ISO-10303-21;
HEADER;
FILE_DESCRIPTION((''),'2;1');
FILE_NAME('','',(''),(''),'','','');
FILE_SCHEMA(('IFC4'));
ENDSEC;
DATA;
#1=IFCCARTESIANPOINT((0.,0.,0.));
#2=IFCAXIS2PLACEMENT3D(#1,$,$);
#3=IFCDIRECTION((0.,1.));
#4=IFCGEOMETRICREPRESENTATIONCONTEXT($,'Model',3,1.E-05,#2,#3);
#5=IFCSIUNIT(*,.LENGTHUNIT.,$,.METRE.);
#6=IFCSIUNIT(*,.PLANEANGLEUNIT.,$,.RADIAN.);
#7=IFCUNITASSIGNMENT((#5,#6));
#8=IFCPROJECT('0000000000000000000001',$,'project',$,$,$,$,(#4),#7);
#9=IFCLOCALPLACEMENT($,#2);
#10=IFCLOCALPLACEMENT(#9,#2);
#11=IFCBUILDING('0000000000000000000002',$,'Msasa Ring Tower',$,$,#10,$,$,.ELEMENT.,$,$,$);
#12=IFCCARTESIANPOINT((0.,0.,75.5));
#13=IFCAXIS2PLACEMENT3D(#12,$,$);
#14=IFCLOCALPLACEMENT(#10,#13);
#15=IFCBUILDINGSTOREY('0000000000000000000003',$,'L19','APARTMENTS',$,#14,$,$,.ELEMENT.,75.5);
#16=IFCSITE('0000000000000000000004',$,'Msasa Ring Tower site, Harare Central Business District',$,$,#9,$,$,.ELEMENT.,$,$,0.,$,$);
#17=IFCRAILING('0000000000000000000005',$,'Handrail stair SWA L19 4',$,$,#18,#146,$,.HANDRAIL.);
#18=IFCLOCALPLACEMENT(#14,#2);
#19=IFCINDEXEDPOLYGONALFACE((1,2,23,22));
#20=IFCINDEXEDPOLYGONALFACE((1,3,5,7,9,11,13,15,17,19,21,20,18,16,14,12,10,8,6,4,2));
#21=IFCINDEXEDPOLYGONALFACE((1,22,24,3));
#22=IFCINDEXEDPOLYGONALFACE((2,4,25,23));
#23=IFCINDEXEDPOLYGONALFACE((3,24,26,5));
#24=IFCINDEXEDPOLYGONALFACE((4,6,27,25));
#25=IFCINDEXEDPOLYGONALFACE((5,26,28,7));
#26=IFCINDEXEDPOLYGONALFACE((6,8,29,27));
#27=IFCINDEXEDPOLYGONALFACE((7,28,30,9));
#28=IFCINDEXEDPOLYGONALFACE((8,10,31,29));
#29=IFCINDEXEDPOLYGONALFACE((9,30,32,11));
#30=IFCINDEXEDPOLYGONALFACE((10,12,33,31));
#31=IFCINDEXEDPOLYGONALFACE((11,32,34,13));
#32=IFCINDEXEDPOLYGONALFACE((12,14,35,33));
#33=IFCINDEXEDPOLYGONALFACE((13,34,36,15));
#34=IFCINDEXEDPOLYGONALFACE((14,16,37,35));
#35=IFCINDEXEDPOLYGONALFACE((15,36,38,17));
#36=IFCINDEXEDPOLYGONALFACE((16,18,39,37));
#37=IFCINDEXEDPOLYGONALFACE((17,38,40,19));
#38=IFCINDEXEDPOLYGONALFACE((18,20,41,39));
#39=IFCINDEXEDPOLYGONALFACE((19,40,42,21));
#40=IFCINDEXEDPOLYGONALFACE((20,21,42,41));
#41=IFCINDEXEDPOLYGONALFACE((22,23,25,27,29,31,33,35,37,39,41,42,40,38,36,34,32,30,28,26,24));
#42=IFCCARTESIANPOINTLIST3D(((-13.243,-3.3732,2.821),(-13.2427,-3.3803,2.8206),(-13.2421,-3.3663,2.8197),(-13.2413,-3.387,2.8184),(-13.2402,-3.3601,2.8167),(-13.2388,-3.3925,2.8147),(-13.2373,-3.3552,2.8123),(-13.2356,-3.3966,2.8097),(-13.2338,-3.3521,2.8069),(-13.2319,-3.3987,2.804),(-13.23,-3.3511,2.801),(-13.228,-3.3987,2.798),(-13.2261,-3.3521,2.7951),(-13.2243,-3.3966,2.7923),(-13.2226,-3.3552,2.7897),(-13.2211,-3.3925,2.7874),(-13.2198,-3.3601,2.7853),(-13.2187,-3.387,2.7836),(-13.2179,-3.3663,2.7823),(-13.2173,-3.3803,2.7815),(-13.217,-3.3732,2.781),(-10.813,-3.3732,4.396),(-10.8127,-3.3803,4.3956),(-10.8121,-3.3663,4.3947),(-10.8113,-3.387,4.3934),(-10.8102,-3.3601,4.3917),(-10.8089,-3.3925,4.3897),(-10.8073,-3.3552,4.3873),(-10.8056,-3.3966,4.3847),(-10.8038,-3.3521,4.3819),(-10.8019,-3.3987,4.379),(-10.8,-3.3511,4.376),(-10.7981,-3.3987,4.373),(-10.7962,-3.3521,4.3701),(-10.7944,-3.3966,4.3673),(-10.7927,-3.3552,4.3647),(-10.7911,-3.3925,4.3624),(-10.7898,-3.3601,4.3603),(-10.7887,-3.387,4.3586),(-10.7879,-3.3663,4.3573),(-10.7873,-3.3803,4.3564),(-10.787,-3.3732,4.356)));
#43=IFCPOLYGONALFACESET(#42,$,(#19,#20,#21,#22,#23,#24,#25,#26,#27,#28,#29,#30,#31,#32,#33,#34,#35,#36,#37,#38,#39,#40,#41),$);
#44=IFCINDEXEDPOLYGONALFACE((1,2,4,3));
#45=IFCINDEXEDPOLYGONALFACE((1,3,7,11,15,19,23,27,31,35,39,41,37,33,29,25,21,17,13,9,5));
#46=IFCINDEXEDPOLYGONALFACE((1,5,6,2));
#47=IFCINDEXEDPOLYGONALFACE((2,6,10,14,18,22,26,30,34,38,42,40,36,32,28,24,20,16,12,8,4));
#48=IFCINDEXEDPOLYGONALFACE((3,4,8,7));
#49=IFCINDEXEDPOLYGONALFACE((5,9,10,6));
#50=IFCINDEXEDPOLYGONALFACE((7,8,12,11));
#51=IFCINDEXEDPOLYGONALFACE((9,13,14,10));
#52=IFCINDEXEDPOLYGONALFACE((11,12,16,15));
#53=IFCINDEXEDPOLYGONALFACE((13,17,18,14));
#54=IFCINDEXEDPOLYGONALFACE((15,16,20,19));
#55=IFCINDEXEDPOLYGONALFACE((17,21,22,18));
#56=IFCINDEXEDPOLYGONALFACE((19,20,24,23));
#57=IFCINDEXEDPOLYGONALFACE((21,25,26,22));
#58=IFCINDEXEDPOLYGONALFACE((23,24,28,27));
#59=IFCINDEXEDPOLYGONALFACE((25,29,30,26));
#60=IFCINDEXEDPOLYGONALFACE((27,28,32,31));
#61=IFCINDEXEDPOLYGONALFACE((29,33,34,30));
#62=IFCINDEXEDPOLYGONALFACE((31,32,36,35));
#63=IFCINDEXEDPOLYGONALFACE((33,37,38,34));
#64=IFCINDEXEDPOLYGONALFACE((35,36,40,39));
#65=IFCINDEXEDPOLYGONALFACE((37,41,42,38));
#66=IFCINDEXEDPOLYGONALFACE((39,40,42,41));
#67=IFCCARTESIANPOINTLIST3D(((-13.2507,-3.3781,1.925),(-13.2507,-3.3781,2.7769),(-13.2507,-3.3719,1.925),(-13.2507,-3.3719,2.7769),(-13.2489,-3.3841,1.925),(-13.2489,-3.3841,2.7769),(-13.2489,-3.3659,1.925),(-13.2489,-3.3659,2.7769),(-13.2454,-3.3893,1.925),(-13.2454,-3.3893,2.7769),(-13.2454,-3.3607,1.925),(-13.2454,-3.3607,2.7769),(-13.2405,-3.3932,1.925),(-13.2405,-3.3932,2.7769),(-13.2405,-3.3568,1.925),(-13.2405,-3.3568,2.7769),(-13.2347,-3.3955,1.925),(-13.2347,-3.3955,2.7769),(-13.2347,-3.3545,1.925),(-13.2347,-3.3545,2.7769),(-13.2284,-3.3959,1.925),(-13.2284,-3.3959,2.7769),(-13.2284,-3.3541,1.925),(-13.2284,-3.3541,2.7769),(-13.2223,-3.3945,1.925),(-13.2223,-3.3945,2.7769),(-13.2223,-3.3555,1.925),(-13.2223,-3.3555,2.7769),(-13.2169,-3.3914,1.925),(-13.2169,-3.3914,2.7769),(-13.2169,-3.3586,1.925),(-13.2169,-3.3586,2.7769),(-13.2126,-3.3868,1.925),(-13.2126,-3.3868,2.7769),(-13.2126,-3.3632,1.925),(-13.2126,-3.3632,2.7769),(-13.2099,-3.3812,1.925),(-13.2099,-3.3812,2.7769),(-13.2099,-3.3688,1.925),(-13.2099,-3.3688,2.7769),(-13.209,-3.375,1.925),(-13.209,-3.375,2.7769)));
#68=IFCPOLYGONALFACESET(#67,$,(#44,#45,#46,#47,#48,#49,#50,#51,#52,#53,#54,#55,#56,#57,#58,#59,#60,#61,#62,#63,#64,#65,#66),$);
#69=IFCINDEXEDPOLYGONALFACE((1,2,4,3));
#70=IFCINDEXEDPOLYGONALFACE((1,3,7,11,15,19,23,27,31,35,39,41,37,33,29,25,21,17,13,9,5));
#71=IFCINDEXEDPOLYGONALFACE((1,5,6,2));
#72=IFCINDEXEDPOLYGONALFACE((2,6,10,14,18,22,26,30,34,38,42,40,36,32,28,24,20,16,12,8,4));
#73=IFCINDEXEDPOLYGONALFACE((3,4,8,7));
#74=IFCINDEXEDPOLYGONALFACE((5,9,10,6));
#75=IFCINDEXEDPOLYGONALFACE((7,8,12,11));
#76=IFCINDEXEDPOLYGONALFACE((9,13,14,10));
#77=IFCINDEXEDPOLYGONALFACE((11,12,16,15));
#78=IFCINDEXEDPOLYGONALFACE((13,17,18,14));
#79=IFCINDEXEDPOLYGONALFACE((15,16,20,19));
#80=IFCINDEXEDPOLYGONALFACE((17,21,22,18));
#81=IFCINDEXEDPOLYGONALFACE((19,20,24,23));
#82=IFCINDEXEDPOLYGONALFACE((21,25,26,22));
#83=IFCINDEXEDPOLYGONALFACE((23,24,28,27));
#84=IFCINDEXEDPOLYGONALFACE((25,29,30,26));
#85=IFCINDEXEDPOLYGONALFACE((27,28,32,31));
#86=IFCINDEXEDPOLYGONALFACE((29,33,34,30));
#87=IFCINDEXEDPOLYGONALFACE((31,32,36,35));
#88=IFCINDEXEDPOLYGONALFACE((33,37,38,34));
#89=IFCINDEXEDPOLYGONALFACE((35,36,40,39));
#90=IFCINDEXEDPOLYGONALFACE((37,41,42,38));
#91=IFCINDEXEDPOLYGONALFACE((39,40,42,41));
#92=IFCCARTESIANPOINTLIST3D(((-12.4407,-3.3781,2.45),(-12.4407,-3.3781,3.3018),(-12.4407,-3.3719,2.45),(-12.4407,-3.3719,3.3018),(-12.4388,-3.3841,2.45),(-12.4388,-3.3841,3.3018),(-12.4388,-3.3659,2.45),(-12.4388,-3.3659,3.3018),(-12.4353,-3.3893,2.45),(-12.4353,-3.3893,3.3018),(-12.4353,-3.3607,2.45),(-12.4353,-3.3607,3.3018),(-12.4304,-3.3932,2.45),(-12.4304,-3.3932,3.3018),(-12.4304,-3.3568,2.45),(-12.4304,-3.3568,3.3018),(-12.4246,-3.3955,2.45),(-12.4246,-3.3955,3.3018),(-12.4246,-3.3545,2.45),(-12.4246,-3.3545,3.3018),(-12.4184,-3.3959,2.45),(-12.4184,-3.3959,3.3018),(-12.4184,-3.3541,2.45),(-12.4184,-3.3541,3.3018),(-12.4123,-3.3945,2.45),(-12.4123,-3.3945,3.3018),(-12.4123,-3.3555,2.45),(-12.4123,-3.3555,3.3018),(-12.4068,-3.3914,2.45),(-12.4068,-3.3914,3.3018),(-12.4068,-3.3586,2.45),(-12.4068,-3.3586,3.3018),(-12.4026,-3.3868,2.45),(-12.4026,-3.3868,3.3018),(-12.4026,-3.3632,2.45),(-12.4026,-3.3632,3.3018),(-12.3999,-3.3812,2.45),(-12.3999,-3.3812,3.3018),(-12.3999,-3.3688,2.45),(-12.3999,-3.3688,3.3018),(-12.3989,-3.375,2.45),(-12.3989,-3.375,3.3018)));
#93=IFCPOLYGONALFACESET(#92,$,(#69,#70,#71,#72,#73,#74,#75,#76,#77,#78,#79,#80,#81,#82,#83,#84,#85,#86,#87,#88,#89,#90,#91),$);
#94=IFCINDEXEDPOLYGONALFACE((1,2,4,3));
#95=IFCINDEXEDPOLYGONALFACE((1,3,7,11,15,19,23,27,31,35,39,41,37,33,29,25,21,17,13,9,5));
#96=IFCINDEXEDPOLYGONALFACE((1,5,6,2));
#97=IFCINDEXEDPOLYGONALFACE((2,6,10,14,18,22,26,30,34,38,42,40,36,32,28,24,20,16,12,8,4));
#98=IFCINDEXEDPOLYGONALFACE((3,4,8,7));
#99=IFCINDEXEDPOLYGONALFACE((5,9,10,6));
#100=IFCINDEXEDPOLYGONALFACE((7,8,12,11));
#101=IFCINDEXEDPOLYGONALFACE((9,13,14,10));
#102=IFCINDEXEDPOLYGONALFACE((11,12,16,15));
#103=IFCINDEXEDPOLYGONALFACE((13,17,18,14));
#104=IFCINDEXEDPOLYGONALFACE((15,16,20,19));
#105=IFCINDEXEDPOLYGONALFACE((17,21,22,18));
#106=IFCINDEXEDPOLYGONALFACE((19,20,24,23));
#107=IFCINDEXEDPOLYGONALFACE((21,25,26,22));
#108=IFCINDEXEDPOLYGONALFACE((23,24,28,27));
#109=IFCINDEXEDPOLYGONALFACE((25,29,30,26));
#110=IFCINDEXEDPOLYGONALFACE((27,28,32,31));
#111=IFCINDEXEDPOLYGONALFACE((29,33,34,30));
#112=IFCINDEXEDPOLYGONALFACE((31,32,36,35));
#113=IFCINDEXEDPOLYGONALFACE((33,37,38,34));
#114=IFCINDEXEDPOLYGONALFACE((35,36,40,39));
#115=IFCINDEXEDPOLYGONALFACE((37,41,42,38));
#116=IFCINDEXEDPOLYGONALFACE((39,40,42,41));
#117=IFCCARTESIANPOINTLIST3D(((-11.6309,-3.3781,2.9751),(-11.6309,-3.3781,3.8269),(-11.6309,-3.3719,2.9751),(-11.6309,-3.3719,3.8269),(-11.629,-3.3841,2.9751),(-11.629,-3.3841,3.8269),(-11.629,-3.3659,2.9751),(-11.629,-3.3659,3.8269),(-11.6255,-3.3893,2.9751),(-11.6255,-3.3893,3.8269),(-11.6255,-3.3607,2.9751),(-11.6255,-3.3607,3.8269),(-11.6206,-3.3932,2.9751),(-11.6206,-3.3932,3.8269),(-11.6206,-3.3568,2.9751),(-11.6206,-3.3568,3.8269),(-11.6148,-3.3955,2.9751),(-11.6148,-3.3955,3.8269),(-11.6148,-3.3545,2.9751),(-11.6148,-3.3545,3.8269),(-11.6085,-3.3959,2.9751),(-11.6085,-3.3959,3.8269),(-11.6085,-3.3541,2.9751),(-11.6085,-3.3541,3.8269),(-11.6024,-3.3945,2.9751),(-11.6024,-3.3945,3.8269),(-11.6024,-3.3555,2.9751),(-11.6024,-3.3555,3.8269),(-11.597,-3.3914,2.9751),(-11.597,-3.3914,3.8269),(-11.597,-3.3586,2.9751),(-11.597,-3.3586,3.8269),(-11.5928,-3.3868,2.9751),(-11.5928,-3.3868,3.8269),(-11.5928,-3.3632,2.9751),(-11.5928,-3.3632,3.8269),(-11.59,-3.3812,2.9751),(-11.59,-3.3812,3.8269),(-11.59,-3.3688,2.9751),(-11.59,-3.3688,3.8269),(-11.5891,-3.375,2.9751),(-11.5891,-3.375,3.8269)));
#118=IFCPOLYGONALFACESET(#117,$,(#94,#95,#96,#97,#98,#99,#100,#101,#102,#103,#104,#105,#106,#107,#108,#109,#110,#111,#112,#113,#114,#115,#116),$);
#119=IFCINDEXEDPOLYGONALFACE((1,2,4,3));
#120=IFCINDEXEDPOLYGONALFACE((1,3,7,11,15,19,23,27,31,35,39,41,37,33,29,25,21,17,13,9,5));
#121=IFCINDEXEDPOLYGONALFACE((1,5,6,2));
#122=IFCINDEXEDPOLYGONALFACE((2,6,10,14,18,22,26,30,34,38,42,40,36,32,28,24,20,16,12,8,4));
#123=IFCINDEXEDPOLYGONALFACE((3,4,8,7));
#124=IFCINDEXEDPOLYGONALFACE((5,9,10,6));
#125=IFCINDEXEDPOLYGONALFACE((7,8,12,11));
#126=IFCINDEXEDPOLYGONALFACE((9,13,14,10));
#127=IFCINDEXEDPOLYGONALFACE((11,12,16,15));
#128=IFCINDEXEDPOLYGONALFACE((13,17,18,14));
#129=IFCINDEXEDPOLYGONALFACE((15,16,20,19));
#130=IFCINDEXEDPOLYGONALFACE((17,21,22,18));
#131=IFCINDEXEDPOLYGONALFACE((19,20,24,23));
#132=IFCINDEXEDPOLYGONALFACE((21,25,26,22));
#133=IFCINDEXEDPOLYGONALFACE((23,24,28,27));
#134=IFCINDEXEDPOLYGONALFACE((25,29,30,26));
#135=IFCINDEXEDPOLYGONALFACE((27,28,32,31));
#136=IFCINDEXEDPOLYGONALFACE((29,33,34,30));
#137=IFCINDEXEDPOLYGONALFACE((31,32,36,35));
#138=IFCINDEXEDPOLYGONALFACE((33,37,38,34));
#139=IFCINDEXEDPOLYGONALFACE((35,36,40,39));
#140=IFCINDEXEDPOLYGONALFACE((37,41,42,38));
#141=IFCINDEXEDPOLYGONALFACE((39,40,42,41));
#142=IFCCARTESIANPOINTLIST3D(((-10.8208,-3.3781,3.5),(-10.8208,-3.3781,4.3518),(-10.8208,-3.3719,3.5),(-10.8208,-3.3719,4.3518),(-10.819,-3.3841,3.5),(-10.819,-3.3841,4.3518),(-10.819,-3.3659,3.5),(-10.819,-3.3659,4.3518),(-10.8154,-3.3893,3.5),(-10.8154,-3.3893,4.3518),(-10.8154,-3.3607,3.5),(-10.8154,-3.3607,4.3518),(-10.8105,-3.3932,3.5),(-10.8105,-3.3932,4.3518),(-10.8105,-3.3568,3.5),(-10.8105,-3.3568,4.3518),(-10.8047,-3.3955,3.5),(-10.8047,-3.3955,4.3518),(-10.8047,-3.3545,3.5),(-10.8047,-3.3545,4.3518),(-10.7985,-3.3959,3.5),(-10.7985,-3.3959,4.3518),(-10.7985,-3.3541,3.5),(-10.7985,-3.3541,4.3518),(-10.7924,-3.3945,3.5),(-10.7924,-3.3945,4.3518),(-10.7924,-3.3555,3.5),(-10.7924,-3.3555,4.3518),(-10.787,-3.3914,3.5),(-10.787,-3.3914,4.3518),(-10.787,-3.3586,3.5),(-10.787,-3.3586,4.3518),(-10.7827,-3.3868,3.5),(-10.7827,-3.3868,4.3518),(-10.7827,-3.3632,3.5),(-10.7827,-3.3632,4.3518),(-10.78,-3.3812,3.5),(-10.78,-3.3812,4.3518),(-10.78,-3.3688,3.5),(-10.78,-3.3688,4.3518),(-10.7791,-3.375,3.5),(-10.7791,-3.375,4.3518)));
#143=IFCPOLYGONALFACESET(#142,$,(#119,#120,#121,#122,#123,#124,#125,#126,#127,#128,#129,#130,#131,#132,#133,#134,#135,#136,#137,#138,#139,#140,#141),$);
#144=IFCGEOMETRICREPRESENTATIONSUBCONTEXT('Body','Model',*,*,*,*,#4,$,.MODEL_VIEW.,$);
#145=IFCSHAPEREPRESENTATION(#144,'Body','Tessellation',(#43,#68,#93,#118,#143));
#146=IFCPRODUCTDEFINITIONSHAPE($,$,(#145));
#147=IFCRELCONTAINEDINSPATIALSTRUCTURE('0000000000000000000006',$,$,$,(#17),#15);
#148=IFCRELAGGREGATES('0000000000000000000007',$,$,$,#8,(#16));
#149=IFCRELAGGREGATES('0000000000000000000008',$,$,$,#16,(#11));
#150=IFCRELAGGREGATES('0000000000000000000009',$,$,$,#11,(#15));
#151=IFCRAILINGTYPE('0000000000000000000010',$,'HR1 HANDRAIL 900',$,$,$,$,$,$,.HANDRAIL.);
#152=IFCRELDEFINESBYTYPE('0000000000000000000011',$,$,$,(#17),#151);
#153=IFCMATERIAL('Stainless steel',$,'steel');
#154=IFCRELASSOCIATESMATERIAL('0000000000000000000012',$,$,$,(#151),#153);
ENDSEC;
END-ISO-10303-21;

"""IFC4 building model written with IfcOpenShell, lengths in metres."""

from ifc_helpers import new_model, si_unit, direction, frame, origin, origin_2d, place, context, subcontext, project, spatial, circle, extrude, material, type_object, element, save


model = new_model("IFC4")

# Units and contexts
model_context = context("Model", 3, precision=1e-05, world=origin(), true_north=direction((0.0, 1.0)))
body_context = subcontext(model_context, "Body", "Model", "MODEL_VIEW")
ifc_project = project(units=[si_unit("LENGTHUNIT", "METRE"), si_unit("PLANEANGLEUNIT", "RADIAN")], contexts=[model_context])

# Site, building, storey
site_placement = place(None, origin())
site = spatial("IfcSite", under=ifc_project, at=site_placement, Name="Msasa Ring Tower site, Harare Central Business District", CompositionType="ELEMENT", RefElevation=0.0)
building_placement = place(site_placement, origin())
building = spatial("IfcBuilding", under=site, at=building_placement, Name="Msasa Ring Tower", CompositionType="ELEMENT")
storey_placement = place(building_placement, frame((0.0, 0.0, 75.5)))
storey = spatial("IfcBuildingStorey", under=building, at=storey_placement, Name="L19", Description="APARTMENTS", CompositionType="ELEMENT", Elevation=75.5)

# Railing
ifc_material_1 = material(Name="Stainless steel", Category="steel")
railing_type = type_object("IfcRailingType", Name="HR1 HANDRAIL 900", PredefinedType="HANDRAIL", material=ifc_material_1)
for number, where, name in (
    (1, (-13.23, -3.375, 1.925), "Handrail stair SWA L19 4"),
):
    element("IfcRailing", number, at=place(storey_placement, frame(where)), inside=storey, type_object=railing_type, Name=name, PredefinedType="HANDRAIL", context=body_context, shape_type="SweptSolid", body=[
        extrude(circle(Radius=0.0239, at=origin_2d()), frame((0.0, 0.0, 0.876), z_axis=(0.839154, 0.0, 0.543894), x_axis=(0.0, 1.0, 0.0)), (0.0, 0.0, 1.0), 2.8958),
        extrude(circle(Radius=0.021, at=origin_2d()), origin(), (0.0, 0.0, 1.0), 0.8518),
        extrude(circle(Radius=0.021, at=origin_2d()), frame((0.8101, 0.0, 0.5249)), (0.0, 0.0, 1.0), 0.8518),
        extrude(circle(Radius=0.021, at=origin_2d()), frame((1.6199, 0.0, 1.05)), (0.0, 0.0, 1.0), 0.8518),
        extrude(circle(Radius=0.021, at=origin_2d()), frame((2.4299, 0.0, 1.575)), (0.0, 0.0, 1.0), 0.8518),
    ])

save(model, "model.ifc")
